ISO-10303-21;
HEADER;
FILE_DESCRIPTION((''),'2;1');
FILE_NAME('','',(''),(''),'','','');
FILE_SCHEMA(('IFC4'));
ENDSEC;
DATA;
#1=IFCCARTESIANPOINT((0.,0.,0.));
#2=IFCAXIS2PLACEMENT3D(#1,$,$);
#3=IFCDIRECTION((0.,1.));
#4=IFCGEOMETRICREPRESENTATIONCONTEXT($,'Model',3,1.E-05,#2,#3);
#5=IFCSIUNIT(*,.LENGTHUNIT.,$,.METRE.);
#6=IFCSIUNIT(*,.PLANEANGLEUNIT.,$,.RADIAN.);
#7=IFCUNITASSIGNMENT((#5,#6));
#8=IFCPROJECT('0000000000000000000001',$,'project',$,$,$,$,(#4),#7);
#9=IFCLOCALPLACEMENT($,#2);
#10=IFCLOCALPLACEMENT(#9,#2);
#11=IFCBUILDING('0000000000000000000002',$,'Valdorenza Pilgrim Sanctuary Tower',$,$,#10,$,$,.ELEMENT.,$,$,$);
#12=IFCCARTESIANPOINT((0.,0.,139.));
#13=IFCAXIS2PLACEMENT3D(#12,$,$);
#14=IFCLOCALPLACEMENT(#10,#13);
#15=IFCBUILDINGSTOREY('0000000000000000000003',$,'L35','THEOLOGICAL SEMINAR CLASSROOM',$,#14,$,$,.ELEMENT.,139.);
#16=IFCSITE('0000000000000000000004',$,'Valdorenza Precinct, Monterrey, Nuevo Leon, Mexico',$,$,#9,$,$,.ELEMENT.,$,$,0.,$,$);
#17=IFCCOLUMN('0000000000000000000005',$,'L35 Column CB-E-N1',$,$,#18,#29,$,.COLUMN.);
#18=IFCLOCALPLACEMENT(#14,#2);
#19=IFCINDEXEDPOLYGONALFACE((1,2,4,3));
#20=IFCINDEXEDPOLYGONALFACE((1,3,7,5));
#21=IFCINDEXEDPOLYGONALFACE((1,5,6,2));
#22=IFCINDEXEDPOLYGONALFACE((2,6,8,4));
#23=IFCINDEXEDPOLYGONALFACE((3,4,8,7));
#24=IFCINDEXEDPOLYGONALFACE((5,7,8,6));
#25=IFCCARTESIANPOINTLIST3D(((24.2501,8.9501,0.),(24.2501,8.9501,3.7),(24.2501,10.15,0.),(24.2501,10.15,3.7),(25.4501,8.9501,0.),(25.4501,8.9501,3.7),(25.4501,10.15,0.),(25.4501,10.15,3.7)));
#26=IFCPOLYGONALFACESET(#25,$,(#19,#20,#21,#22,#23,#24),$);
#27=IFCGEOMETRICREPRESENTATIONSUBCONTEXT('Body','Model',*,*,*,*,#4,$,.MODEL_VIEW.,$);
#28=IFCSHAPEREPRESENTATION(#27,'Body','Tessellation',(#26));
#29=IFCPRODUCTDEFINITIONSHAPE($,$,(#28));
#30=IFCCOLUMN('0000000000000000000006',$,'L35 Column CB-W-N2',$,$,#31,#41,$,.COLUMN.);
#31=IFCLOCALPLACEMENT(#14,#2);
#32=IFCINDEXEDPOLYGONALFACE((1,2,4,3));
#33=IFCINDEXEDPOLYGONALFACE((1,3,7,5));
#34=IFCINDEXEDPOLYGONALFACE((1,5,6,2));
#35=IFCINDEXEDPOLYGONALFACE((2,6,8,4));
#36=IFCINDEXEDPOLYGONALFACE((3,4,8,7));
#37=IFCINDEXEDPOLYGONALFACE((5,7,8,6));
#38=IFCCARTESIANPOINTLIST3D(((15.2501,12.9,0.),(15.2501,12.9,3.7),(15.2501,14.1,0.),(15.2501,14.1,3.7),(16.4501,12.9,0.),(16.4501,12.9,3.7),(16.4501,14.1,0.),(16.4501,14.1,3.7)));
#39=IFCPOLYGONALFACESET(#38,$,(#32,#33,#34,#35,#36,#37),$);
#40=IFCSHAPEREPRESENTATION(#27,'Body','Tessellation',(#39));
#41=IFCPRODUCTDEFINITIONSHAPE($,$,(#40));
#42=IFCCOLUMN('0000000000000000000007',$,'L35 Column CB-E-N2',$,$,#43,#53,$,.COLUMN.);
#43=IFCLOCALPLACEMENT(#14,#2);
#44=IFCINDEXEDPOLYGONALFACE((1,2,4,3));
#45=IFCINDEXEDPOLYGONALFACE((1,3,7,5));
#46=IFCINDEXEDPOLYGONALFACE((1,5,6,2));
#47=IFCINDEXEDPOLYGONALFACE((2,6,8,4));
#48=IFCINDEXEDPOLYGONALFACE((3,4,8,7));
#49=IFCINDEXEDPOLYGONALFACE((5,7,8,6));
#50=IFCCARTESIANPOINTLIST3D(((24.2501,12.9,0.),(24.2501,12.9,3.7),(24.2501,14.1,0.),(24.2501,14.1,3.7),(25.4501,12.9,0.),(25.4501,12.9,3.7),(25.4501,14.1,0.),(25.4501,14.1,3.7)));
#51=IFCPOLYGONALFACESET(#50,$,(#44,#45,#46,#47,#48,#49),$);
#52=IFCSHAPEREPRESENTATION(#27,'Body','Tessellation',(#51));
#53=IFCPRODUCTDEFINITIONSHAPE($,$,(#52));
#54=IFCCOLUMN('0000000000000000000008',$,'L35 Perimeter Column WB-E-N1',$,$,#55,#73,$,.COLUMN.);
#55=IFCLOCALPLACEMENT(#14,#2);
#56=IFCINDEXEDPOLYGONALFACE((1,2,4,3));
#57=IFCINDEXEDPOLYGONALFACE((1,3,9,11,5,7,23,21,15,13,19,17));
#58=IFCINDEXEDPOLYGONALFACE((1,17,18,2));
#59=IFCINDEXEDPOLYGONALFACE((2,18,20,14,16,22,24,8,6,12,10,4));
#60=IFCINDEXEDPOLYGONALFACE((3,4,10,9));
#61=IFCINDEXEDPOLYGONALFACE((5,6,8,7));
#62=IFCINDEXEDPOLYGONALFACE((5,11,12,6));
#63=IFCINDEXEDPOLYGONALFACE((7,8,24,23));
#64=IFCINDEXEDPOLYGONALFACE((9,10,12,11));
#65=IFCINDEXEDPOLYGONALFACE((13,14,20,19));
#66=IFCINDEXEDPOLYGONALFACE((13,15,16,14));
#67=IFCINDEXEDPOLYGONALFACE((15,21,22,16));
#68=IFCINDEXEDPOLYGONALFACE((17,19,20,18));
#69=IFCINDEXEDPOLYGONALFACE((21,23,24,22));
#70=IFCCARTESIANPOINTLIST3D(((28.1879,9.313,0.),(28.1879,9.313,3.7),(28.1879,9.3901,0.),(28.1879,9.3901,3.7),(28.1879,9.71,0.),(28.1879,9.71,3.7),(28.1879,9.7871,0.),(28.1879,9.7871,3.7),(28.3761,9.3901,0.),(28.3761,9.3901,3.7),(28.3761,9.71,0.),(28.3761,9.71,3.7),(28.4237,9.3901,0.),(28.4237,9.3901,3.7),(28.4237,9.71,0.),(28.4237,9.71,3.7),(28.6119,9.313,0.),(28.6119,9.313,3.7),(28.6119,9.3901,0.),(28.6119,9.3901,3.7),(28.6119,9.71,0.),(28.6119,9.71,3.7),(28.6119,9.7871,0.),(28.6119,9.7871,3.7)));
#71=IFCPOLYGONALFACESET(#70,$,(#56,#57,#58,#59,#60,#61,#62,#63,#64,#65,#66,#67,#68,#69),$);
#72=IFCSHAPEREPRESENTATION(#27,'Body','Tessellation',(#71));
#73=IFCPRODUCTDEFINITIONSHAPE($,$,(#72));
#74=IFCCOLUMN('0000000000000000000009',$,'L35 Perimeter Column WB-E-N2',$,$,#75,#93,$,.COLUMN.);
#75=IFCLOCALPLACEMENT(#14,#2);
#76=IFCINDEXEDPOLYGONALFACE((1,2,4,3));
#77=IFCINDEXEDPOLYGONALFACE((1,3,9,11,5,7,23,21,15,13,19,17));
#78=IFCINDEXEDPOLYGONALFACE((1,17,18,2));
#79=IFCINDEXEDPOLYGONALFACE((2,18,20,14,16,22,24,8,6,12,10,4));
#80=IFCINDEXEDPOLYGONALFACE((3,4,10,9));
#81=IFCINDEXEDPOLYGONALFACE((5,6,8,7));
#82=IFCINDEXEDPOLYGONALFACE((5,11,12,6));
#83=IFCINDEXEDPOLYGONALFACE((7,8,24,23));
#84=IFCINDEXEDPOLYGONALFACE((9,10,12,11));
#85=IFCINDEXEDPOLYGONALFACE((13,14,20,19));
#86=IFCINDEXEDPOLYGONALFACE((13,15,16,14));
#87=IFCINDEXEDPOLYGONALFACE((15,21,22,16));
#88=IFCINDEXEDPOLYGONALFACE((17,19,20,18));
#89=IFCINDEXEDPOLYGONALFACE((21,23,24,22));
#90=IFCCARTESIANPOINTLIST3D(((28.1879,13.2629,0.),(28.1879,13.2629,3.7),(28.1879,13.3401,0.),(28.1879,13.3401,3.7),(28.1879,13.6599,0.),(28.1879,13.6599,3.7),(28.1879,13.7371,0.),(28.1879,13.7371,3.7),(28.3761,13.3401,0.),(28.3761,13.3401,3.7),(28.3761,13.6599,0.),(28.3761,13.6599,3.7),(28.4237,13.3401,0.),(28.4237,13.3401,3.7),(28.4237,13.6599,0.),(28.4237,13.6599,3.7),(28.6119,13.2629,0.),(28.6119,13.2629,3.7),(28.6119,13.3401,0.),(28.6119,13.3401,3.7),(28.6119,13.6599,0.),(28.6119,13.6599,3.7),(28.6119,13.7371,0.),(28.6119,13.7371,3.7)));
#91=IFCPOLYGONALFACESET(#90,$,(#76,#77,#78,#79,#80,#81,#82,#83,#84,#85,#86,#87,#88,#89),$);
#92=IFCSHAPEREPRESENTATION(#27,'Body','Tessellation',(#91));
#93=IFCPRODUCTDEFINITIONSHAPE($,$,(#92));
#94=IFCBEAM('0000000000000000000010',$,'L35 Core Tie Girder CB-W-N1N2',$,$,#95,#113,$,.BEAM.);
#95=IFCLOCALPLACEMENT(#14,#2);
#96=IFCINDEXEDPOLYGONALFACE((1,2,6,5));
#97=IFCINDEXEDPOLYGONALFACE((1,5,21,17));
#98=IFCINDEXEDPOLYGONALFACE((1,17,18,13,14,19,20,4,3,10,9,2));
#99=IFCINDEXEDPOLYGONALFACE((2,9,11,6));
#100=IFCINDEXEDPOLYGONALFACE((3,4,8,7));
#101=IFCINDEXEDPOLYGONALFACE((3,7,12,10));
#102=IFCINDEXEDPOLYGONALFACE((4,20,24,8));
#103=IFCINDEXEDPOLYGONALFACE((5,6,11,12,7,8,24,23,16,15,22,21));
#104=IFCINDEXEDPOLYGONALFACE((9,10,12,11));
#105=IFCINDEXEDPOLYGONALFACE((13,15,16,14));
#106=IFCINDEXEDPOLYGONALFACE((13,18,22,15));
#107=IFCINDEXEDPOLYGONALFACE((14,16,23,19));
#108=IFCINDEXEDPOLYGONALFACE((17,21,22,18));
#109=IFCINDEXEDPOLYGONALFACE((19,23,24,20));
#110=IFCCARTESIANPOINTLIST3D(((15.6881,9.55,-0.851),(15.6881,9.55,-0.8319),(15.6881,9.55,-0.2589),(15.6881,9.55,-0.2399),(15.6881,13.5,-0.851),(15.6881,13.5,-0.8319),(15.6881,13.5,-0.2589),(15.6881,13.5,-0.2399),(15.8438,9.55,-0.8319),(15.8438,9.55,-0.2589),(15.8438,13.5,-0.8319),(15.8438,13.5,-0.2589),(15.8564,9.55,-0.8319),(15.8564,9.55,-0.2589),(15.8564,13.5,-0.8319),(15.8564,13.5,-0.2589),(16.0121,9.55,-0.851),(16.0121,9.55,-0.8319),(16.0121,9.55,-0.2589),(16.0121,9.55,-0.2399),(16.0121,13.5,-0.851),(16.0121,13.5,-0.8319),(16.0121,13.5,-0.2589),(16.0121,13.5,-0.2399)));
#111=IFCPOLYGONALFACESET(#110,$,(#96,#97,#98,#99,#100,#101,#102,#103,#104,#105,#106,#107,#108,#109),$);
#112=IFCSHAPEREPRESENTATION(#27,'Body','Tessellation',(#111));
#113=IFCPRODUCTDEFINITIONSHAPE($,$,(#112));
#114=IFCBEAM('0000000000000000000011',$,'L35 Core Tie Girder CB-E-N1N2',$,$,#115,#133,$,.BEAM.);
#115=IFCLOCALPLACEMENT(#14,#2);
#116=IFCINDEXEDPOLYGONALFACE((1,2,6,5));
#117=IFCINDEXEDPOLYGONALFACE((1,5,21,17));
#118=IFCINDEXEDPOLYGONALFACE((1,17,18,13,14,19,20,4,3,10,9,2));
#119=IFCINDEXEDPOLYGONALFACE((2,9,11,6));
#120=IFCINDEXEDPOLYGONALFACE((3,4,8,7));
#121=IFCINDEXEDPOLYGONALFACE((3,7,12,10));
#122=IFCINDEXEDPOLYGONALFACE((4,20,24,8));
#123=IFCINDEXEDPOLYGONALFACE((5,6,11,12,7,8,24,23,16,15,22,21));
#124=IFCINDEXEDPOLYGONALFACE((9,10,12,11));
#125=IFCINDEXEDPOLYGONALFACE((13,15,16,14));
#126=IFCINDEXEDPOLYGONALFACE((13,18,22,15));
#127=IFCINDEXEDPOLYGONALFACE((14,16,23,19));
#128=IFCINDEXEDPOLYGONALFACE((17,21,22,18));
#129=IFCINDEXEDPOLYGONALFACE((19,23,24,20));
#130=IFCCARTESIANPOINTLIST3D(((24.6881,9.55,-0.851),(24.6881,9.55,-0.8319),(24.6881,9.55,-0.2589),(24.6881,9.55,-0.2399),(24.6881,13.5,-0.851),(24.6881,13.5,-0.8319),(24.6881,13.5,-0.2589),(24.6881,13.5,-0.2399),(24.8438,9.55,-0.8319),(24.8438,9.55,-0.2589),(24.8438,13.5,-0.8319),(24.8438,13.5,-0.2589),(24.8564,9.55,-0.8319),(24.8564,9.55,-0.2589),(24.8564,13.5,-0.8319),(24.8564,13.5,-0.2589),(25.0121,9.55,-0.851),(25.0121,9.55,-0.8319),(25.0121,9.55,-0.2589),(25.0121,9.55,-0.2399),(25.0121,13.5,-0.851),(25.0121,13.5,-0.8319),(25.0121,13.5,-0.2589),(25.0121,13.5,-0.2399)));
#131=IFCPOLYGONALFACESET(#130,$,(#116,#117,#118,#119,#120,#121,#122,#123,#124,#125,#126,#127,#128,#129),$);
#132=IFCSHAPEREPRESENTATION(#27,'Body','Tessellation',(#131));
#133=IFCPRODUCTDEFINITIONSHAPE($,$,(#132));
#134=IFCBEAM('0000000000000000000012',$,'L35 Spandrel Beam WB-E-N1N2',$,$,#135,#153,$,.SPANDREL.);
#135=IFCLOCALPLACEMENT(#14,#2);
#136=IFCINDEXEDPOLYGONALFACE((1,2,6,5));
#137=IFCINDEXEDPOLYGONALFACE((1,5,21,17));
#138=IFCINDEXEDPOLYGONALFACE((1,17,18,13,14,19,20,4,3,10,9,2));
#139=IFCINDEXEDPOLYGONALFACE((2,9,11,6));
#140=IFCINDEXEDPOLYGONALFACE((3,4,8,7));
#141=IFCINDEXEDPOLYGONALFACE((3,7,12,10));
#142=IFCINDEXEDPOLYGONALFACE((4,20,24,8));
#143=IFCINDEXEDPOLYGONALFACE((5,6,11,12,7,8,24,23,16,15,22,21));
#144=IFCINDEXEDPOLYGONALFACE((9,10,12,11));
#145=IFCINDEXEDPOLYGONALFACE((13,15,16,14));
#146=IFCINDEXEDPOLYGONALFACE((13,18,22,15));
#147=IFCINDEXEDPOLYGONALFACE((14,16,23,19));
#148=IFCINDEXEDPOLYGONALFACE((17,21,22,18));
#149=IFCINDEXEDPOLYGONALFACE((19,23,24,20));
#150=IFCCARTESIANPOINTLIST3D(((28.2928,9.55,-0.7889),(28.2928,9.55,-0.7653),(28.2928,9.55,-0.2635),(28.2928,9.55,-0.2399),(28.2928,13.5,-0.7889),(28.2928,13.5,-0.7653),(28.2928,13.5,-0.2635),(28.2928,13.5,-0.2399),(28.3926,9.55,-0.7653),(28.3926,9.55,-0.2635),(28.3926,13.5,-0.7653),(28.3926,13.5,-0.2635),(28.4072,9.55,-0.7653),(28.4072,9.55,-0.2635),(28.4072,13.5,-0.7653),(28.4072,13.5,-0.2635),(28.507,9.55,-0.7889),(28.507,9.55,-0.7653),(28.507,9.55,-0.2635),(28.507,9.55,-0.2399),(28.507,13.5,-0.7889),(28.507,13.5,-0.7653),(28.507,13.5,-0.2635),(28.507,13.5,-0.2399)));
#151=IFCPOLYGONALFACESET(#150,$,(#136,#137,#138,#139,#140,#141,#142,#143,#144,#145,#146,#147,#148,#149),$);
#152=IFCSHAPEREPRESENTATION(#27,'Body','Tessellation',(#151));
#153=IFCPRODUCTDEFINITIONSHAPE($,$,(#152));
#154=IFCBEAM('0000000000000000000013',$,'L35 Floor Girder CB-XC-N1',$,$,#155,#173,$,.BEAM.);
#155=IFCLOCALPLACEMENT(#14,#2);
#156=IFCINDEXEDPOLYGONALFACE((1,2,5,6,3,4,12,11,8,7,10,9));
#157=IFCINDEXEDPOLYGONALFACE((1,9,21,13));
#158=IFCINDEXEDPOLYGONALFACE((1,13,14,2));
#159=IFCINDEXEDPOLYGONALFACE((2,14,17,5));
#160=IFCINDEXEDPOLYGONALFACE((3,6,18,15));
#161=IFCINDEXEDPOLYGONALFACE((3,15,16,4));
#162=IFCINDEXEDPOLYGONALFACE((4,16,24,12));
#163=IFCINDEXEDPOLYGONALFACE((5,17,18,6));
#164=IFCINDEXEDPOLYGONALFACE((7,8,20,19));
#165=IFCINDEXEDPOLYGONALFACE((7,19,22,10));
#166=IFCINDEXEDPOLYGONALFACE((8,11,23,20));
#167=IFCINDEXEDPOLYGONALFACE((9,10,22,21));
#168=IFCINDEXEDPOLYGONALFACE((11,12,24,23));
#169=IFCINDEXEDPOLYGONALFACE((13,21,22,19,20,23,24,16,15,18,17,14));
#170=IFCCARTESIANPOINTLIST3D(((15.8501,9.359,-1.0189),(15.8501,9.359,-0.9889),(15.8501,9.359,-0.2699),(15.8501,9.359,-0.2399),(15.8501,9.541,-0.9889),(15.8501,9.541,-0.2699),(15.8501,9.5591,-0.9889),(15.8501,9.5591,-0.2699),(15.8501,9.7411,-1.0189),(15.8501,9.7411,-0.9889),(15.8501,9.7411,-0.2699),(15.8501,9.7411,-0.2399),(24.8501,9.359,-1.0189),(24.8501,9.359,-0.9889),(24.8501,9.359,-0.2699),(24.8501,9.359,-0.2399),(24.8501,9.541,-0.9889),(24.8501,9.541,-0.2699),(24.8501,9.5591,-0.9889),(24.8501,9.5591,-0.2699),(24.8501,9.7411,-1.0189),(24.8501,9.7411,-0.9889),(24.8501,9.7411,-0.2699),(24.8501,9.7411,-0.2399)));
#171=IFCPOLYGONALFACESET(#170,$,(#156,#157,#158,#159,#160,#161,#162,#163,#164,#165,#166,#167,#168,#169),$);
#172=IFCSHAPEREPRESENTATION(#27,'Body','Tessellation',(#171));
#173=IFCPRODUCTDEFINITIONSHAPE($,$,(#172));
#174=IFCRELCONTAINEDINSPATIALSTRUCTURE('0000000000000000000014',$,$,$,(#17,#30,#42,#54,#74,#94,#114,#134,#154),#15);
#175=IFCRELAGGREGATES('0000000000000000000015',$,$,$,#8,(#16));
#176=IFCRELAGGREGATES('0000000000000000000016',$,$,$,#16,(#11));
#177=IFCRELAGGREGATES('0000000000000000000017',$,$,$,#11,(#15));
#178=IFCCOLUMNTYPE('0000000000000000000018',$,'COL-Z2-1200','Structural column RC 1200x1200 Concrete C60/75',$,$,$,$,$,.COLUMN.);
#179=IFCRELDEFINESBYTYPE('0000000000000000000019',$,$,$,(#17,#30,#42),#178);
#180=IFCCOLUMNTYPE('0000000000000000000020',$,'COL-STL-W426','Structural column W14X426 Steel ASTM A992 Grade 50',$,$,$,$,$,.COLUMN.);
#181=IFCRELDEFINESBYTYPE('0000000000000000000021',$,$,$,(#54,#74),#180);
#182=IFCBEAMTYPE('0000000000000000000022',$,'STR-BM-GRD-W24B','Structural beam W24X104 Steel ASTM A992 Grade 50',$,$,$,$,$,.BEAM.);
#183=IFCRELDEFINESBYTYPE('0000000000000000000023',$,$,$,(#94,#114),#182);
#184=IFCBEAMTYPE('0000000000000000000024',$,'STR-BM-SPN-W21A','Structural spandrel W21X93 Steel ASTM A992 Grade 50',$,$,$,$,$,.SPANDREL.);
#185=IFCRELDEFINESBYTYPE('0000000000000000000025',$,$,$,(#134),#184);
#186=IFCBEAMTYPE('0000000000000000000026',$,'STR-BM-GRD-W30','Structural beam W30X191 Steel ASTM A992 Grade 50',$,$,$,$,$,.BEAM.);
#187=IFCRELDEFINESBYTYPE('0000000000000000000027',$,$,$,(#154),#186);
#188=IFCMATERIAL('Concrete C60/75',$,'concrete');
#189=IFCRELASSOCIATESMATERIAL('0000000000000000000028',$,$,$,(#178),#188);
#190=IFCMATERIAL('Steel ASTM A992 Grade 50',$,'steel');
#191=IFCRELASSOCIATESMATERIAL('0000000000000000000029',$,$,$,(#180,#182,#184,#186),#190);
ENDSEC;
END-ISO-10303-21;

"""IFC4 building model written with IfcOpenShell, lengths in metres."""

from ifc_helpers import new_model, si_unit, direction, frame, origin, origin_2d, place, context, subcontext, project, spatial, rectangle, i_section, extrude, source, transform, mapped, material, material_profile, profile_set, type_object, element, save


model = new_model("IFC4")

# Units and contexts
model_context = context("Model", 3, precision=1e-05, world=origin(), true_north=direction((0.0, 1.0)))
body_context = subcontext(model_context, "Body", "Model", "MODEL_VIEW")
ifc_project = project(units=[si_unit("LENGTHUNIT", "METRE"), si_unit("PLANEANGLEUNIT", "RADIAN")], contexts=[model_context])

# Site, building, storey
site_placement = place(None, origin())
site = spatial("IfcSite", under=ifc_project, at=site_placement, Name="Valdorenza Precinct, Monterrey, Nuevo Leon, Mexico", CompositionType="ELEMENT", RefElevation=0.0)
building_placement = place(site_placement, origin())
building = spatial("IfcBuilding", under=site, at=building_placement, Name="Valdorenza Pilgrim Sanctuary Tower", CompositionType="ELEMENT")
storey_placement = place(building_placement, frame((0.0, 0.0, 139.0)))
storey = spatial("IfcBuildingStorey", under=building, at=storey_placement, Name="L35", Description="THEOLOGICAL SEMINAR CLASSROOM", CompositionType="ELEMENT", Elevation=139.0)

# Columns
ifc_material_1 = material(Name="Concrete C60/75", Category="concrete")
ifc_material_profile_1 = material_profile(ifc_material_1, rectangle(XDim=1.2, YDim=1.2, at=origin_2d()), Name="RC 1200x1200")
ifc_profile_set_1 = profile_set([ifc_material_profile_1], Name="Concrete C60/75")
column_type_1 = type_object("IfcColumnType", Name="COL-Z2-1200", Description="Structural column RC 1200x1200 Concrete C60/75", PredefinedType="COLUMN", material=ifc_profile_set_1)
shared_shape_1 = source(origin(), body_context, "Body", "SweptSolid", [
    extrude(rectangle(XDim=1.2, YDim=1.2, at=origin_2d()), origin(), (0.0, 0.0, 1.0), 3.7),
])
for number, where, z_axis, x_axis, name in (
    (1, (24.8501, 9.55, 0.0), (0.0, 0.0, 1.0), (1.0, 0.0, 0.0), "L35 Column CB-E-N1"),
    (2, (15.8501, 13.5, 0.0), (0.0, 0.0, 1.0), (1.0, 0.0, 0.0), "L35 Column CB-W-N2"),
    (3, (24.8501, 13.5, 0.0), (0.0, 0.0, 1.0), (1.0, 0.0, 0.0), "L35 Column CB-E-N2"),
):
    element("IfcColumn", number, at=place(storey_placement, frame(where, z_axis=z_axis, x_axis=x_axis)), inside=storey, type_object=column_type_1, Name=name, PredefinedType="COLUMN", context=body_context, shape_type="MappedRepresentation", body=[
        mapped(shared_shape_1, transform((0.0, 0.0, 0.0), x_axis=(1.0, 0.0, 0.0), y_axis=(0.0, 1.0, 0.0), z_axis=(0.0, 0.0, 1.0), scale=1.0)),
    ])
ifc_material_2 = material(Name="Steel ASTM A992 Grade 50", Category="steel")
ifc_material_profile_2 = material_profile(ifc_material_2, i_section(OverallWidth=0.4241, OverallDepth=0.4741, WebThickness=0.0476, FlangeThickness=0.0771, at=origin_2d()), Name="W14X426")
ifc_profile_set_2 = profile_set([ifc_material_profile_2], Name="Steel ASTM A992 Grade 50")
column_type_2 = type_object("IfcColumnType", Name="COL-STL-W426", Description="Structural column W14X426 Steel ASTM A992 Grade 50", PredefinedType="COLUMN", material=ifc_profile_set_2)
shared_shape_2 = source(origin(), body_context, "Body", "SweptSolid", [
    extrude(i_section(OverallWidth=0.4241, OverallDepth=0.4741, WebThickness=0.0476, FlangeThickness=0.0771, at=origin_2d()), origin(), (0.0, 0.0, 1.0), 3.7),
])
for number, where, z_axis, x_axis, name in (
    (4, (28.3999, 9.55, 0.0), (0.0, 0.0, 1.0), (1.0, 0.0, 0.0), "L35 Perimeter Column WB-E-N1"),
    (5, (28.3999, 13.5, 0.0), (0.0, 0.0, 1.0), (1.0, 0.0, 0.0), "L35 Perimeter Column WB-E-N2"),
):
    element("IfcColumn", number, at=place(storey_placement, frame(where, z_axis=z_axis, x_axis=x_axis)), inside=storey, type_object=column_type_2, Name=name, PredefinedType="COLUMN", context=body_context, shape_type="MappedRepresentation", body=[
        mapped(shared_shape_2, transform((0.0, 0.0, 0.0), x_axis=(1.0, 0.0, 0.0), y_axis=(0.0, 1.0, 0.0), z_axis=(0.0, 0.0, 1.0), scale=1.0)),
    ])

# Beams
ifc_material_profile_3 = material_profile(ifc_material_2, i_section(OverallWidth=0.324, OverallDepth=0.6111, WebThickness=0.0127, FlangeThickness=0.019, at=origin_2d()), Name="W24X104")
ifc_profile_set_3 = profile_set([ifc_material_profile_3], Name="Steel ASTM A992 Grade 50")
beam_type_1 = type_object("IfcBeamType", Name="STR-BM-GRD-W24B", Description="Structural beam W24X104 Steel ASTM A992 Grade 50", PredefinedType="BEAM", material=ifc_profile_set_3)
shared_shape_3 = source(origin(), body_context, "Body", "SweptSolid", [
    extrude(i_section(OverallWidth=0.324, OverallDepth=0.6111, WebThickness=0.0127, FlangeThickness=0.019, at=origin_2d()), origin(), (0.0, 0.0, 1.0), 3.95),
])
for number, where, z_axis, x_axis, name in (
    (6, (15.8501, 9.55, -0.5454), (0.0, 1.0, 0.0), (-1.0, 0.0, 0.0), "L35 Core Tie Girder CB-W-N1N2"),
    (7, (24.8501, 9.55, -0.5454), (0.0, 1.0, 0.0), (-1.0, 0.0, 0.0), "L35 Core Tie Girder CB-E-N1N2"),
):
    element("IfcBeam", number, at=place(storey_placement, frame(where, z_axis=z_axis, x_axis=x_axis)), inside=storey, type_object=beam_type_1, Name=name, PredefinedType="BEAM", context=body_context, shape_type="MappedRepresentation", body=[
        mapped(shared_shape_3, transform((0.0, 0.0, 0.0), x_axis=(1.0, 0.0, 0.0), y_axis=(0.0, 1.0, 0.0), z_axis=(0.0, 0.0, 1.0), scale=1.0)),
    ])
ifc_material_profile_4 = material_profile(ifc_material_2, i_section(OverallWidth=0.2141, OverallDepth=0.5491, WebThickness=0.0146, FlangeThickness=0.0237, at=origin_2d()), Name="W21X93")
ifc_profile_set_4 = profile_set([ifc_material_profile_4], Name="Steel ASTM A992 Grade 50")
beam_type_2 = type_object("IfcBeamType", Name="STR-BM-SPN-W21A", Description="Structural spandrel W21X93 Steel ASTM A992 Grade 50", PredefinedType="SPANDREL", material=ifc_profile_set_4)
shared_shape_4 = source(origin(), body_context, "Body", "SweptSolid", [
    extrude(i_section(OverallWidth=0.2141, OverallDepth=0.5491, WebThickness=0.0146, FlangeThickness=0.0237, at=origin_2d()), origin(), (0.0, 0.0, 1.0), 3.95),
])
beam_placement = place(storey_placement, frame((28.3999, 9.55, -0.5144), z_axis=(0.0, 1.0, 0.0), x_axis=(-1.0, 0.0, 0.0)))
element("IfcBeam", 8, at=beam_placement, inside=storey, type_object=beam_type_2, Name="L35 Spandrel Beam WB-E-N1N2", PredefinedType="SPANDREL", context=body_context, shape_type="MappedRepresentation", body=[
    mapped(shared_shape_4, transform((0.0, 0.0, 0.0), x_axis=(1.0, 0.0, 0.0), y_axis=(0.0, 1.0, 0.0), z_axis=(0.0, 0.0, 1.0), scale=1.0)),
])
ifc_material_profile_5 = material_profile(ifc_material_2, i_section(OverallWidth=0.3821, OverallDepth=0.7791, WebThickness=0.0181, FlangeThickness=0.03, at=origin_2d()), Name="W30X191")
ifc_profile_set_5 = profile_set([ifc_material_profile_5], Name="Steel ASTM A992 Grade 50")
beam_type_3 = type_object("IfcBeamType", Name="STR-BM-GRD-W30", Description="Structural beam W30X191 Steel ASTM A992 Grade 50", PredefinedType="BEAM", material=ifc_profile_set_5)
shared_shape_5 = source(origin(), body_context, "Body", "SweptSolid", [
    extrude(i_section(OverallWidth=0.3821, OverallDepth=0.7791, WebThickness=0.0181, FlangeThickness=0.03, at=origin_2d()), origin(), (0.0, 0.0, 1.0), 9.0),
])
for number, where, z_axis, x_axis, name in (
    (9, (15.8501, 9.55, -0.6294), (1.0, 0.0, 0.0), (0.0, 1.0, 0.0), "L35 Floor Girder CB-XC-N1"),
):
    element("IfcBeam", number, at=place(storey_placement, frame(where, z_axis=z_axis, x_axis=x_axis)), inside=storey, type_object=beam_type_3, Name=name, PredefinedType="BEAM", context=body_context, shape_type="MappedRepresentation", body=[
        mapped(shared_shape_5, transform((0.0, 0.0, 0.0), x_axis=(1.0, 0.0, 0.0), y_axis=(0.0, 1.0, 0.0), z_axis=(0.0, 0.0, 1.0), scale=1.0)),
    ])

save(model, "model.ifc")
